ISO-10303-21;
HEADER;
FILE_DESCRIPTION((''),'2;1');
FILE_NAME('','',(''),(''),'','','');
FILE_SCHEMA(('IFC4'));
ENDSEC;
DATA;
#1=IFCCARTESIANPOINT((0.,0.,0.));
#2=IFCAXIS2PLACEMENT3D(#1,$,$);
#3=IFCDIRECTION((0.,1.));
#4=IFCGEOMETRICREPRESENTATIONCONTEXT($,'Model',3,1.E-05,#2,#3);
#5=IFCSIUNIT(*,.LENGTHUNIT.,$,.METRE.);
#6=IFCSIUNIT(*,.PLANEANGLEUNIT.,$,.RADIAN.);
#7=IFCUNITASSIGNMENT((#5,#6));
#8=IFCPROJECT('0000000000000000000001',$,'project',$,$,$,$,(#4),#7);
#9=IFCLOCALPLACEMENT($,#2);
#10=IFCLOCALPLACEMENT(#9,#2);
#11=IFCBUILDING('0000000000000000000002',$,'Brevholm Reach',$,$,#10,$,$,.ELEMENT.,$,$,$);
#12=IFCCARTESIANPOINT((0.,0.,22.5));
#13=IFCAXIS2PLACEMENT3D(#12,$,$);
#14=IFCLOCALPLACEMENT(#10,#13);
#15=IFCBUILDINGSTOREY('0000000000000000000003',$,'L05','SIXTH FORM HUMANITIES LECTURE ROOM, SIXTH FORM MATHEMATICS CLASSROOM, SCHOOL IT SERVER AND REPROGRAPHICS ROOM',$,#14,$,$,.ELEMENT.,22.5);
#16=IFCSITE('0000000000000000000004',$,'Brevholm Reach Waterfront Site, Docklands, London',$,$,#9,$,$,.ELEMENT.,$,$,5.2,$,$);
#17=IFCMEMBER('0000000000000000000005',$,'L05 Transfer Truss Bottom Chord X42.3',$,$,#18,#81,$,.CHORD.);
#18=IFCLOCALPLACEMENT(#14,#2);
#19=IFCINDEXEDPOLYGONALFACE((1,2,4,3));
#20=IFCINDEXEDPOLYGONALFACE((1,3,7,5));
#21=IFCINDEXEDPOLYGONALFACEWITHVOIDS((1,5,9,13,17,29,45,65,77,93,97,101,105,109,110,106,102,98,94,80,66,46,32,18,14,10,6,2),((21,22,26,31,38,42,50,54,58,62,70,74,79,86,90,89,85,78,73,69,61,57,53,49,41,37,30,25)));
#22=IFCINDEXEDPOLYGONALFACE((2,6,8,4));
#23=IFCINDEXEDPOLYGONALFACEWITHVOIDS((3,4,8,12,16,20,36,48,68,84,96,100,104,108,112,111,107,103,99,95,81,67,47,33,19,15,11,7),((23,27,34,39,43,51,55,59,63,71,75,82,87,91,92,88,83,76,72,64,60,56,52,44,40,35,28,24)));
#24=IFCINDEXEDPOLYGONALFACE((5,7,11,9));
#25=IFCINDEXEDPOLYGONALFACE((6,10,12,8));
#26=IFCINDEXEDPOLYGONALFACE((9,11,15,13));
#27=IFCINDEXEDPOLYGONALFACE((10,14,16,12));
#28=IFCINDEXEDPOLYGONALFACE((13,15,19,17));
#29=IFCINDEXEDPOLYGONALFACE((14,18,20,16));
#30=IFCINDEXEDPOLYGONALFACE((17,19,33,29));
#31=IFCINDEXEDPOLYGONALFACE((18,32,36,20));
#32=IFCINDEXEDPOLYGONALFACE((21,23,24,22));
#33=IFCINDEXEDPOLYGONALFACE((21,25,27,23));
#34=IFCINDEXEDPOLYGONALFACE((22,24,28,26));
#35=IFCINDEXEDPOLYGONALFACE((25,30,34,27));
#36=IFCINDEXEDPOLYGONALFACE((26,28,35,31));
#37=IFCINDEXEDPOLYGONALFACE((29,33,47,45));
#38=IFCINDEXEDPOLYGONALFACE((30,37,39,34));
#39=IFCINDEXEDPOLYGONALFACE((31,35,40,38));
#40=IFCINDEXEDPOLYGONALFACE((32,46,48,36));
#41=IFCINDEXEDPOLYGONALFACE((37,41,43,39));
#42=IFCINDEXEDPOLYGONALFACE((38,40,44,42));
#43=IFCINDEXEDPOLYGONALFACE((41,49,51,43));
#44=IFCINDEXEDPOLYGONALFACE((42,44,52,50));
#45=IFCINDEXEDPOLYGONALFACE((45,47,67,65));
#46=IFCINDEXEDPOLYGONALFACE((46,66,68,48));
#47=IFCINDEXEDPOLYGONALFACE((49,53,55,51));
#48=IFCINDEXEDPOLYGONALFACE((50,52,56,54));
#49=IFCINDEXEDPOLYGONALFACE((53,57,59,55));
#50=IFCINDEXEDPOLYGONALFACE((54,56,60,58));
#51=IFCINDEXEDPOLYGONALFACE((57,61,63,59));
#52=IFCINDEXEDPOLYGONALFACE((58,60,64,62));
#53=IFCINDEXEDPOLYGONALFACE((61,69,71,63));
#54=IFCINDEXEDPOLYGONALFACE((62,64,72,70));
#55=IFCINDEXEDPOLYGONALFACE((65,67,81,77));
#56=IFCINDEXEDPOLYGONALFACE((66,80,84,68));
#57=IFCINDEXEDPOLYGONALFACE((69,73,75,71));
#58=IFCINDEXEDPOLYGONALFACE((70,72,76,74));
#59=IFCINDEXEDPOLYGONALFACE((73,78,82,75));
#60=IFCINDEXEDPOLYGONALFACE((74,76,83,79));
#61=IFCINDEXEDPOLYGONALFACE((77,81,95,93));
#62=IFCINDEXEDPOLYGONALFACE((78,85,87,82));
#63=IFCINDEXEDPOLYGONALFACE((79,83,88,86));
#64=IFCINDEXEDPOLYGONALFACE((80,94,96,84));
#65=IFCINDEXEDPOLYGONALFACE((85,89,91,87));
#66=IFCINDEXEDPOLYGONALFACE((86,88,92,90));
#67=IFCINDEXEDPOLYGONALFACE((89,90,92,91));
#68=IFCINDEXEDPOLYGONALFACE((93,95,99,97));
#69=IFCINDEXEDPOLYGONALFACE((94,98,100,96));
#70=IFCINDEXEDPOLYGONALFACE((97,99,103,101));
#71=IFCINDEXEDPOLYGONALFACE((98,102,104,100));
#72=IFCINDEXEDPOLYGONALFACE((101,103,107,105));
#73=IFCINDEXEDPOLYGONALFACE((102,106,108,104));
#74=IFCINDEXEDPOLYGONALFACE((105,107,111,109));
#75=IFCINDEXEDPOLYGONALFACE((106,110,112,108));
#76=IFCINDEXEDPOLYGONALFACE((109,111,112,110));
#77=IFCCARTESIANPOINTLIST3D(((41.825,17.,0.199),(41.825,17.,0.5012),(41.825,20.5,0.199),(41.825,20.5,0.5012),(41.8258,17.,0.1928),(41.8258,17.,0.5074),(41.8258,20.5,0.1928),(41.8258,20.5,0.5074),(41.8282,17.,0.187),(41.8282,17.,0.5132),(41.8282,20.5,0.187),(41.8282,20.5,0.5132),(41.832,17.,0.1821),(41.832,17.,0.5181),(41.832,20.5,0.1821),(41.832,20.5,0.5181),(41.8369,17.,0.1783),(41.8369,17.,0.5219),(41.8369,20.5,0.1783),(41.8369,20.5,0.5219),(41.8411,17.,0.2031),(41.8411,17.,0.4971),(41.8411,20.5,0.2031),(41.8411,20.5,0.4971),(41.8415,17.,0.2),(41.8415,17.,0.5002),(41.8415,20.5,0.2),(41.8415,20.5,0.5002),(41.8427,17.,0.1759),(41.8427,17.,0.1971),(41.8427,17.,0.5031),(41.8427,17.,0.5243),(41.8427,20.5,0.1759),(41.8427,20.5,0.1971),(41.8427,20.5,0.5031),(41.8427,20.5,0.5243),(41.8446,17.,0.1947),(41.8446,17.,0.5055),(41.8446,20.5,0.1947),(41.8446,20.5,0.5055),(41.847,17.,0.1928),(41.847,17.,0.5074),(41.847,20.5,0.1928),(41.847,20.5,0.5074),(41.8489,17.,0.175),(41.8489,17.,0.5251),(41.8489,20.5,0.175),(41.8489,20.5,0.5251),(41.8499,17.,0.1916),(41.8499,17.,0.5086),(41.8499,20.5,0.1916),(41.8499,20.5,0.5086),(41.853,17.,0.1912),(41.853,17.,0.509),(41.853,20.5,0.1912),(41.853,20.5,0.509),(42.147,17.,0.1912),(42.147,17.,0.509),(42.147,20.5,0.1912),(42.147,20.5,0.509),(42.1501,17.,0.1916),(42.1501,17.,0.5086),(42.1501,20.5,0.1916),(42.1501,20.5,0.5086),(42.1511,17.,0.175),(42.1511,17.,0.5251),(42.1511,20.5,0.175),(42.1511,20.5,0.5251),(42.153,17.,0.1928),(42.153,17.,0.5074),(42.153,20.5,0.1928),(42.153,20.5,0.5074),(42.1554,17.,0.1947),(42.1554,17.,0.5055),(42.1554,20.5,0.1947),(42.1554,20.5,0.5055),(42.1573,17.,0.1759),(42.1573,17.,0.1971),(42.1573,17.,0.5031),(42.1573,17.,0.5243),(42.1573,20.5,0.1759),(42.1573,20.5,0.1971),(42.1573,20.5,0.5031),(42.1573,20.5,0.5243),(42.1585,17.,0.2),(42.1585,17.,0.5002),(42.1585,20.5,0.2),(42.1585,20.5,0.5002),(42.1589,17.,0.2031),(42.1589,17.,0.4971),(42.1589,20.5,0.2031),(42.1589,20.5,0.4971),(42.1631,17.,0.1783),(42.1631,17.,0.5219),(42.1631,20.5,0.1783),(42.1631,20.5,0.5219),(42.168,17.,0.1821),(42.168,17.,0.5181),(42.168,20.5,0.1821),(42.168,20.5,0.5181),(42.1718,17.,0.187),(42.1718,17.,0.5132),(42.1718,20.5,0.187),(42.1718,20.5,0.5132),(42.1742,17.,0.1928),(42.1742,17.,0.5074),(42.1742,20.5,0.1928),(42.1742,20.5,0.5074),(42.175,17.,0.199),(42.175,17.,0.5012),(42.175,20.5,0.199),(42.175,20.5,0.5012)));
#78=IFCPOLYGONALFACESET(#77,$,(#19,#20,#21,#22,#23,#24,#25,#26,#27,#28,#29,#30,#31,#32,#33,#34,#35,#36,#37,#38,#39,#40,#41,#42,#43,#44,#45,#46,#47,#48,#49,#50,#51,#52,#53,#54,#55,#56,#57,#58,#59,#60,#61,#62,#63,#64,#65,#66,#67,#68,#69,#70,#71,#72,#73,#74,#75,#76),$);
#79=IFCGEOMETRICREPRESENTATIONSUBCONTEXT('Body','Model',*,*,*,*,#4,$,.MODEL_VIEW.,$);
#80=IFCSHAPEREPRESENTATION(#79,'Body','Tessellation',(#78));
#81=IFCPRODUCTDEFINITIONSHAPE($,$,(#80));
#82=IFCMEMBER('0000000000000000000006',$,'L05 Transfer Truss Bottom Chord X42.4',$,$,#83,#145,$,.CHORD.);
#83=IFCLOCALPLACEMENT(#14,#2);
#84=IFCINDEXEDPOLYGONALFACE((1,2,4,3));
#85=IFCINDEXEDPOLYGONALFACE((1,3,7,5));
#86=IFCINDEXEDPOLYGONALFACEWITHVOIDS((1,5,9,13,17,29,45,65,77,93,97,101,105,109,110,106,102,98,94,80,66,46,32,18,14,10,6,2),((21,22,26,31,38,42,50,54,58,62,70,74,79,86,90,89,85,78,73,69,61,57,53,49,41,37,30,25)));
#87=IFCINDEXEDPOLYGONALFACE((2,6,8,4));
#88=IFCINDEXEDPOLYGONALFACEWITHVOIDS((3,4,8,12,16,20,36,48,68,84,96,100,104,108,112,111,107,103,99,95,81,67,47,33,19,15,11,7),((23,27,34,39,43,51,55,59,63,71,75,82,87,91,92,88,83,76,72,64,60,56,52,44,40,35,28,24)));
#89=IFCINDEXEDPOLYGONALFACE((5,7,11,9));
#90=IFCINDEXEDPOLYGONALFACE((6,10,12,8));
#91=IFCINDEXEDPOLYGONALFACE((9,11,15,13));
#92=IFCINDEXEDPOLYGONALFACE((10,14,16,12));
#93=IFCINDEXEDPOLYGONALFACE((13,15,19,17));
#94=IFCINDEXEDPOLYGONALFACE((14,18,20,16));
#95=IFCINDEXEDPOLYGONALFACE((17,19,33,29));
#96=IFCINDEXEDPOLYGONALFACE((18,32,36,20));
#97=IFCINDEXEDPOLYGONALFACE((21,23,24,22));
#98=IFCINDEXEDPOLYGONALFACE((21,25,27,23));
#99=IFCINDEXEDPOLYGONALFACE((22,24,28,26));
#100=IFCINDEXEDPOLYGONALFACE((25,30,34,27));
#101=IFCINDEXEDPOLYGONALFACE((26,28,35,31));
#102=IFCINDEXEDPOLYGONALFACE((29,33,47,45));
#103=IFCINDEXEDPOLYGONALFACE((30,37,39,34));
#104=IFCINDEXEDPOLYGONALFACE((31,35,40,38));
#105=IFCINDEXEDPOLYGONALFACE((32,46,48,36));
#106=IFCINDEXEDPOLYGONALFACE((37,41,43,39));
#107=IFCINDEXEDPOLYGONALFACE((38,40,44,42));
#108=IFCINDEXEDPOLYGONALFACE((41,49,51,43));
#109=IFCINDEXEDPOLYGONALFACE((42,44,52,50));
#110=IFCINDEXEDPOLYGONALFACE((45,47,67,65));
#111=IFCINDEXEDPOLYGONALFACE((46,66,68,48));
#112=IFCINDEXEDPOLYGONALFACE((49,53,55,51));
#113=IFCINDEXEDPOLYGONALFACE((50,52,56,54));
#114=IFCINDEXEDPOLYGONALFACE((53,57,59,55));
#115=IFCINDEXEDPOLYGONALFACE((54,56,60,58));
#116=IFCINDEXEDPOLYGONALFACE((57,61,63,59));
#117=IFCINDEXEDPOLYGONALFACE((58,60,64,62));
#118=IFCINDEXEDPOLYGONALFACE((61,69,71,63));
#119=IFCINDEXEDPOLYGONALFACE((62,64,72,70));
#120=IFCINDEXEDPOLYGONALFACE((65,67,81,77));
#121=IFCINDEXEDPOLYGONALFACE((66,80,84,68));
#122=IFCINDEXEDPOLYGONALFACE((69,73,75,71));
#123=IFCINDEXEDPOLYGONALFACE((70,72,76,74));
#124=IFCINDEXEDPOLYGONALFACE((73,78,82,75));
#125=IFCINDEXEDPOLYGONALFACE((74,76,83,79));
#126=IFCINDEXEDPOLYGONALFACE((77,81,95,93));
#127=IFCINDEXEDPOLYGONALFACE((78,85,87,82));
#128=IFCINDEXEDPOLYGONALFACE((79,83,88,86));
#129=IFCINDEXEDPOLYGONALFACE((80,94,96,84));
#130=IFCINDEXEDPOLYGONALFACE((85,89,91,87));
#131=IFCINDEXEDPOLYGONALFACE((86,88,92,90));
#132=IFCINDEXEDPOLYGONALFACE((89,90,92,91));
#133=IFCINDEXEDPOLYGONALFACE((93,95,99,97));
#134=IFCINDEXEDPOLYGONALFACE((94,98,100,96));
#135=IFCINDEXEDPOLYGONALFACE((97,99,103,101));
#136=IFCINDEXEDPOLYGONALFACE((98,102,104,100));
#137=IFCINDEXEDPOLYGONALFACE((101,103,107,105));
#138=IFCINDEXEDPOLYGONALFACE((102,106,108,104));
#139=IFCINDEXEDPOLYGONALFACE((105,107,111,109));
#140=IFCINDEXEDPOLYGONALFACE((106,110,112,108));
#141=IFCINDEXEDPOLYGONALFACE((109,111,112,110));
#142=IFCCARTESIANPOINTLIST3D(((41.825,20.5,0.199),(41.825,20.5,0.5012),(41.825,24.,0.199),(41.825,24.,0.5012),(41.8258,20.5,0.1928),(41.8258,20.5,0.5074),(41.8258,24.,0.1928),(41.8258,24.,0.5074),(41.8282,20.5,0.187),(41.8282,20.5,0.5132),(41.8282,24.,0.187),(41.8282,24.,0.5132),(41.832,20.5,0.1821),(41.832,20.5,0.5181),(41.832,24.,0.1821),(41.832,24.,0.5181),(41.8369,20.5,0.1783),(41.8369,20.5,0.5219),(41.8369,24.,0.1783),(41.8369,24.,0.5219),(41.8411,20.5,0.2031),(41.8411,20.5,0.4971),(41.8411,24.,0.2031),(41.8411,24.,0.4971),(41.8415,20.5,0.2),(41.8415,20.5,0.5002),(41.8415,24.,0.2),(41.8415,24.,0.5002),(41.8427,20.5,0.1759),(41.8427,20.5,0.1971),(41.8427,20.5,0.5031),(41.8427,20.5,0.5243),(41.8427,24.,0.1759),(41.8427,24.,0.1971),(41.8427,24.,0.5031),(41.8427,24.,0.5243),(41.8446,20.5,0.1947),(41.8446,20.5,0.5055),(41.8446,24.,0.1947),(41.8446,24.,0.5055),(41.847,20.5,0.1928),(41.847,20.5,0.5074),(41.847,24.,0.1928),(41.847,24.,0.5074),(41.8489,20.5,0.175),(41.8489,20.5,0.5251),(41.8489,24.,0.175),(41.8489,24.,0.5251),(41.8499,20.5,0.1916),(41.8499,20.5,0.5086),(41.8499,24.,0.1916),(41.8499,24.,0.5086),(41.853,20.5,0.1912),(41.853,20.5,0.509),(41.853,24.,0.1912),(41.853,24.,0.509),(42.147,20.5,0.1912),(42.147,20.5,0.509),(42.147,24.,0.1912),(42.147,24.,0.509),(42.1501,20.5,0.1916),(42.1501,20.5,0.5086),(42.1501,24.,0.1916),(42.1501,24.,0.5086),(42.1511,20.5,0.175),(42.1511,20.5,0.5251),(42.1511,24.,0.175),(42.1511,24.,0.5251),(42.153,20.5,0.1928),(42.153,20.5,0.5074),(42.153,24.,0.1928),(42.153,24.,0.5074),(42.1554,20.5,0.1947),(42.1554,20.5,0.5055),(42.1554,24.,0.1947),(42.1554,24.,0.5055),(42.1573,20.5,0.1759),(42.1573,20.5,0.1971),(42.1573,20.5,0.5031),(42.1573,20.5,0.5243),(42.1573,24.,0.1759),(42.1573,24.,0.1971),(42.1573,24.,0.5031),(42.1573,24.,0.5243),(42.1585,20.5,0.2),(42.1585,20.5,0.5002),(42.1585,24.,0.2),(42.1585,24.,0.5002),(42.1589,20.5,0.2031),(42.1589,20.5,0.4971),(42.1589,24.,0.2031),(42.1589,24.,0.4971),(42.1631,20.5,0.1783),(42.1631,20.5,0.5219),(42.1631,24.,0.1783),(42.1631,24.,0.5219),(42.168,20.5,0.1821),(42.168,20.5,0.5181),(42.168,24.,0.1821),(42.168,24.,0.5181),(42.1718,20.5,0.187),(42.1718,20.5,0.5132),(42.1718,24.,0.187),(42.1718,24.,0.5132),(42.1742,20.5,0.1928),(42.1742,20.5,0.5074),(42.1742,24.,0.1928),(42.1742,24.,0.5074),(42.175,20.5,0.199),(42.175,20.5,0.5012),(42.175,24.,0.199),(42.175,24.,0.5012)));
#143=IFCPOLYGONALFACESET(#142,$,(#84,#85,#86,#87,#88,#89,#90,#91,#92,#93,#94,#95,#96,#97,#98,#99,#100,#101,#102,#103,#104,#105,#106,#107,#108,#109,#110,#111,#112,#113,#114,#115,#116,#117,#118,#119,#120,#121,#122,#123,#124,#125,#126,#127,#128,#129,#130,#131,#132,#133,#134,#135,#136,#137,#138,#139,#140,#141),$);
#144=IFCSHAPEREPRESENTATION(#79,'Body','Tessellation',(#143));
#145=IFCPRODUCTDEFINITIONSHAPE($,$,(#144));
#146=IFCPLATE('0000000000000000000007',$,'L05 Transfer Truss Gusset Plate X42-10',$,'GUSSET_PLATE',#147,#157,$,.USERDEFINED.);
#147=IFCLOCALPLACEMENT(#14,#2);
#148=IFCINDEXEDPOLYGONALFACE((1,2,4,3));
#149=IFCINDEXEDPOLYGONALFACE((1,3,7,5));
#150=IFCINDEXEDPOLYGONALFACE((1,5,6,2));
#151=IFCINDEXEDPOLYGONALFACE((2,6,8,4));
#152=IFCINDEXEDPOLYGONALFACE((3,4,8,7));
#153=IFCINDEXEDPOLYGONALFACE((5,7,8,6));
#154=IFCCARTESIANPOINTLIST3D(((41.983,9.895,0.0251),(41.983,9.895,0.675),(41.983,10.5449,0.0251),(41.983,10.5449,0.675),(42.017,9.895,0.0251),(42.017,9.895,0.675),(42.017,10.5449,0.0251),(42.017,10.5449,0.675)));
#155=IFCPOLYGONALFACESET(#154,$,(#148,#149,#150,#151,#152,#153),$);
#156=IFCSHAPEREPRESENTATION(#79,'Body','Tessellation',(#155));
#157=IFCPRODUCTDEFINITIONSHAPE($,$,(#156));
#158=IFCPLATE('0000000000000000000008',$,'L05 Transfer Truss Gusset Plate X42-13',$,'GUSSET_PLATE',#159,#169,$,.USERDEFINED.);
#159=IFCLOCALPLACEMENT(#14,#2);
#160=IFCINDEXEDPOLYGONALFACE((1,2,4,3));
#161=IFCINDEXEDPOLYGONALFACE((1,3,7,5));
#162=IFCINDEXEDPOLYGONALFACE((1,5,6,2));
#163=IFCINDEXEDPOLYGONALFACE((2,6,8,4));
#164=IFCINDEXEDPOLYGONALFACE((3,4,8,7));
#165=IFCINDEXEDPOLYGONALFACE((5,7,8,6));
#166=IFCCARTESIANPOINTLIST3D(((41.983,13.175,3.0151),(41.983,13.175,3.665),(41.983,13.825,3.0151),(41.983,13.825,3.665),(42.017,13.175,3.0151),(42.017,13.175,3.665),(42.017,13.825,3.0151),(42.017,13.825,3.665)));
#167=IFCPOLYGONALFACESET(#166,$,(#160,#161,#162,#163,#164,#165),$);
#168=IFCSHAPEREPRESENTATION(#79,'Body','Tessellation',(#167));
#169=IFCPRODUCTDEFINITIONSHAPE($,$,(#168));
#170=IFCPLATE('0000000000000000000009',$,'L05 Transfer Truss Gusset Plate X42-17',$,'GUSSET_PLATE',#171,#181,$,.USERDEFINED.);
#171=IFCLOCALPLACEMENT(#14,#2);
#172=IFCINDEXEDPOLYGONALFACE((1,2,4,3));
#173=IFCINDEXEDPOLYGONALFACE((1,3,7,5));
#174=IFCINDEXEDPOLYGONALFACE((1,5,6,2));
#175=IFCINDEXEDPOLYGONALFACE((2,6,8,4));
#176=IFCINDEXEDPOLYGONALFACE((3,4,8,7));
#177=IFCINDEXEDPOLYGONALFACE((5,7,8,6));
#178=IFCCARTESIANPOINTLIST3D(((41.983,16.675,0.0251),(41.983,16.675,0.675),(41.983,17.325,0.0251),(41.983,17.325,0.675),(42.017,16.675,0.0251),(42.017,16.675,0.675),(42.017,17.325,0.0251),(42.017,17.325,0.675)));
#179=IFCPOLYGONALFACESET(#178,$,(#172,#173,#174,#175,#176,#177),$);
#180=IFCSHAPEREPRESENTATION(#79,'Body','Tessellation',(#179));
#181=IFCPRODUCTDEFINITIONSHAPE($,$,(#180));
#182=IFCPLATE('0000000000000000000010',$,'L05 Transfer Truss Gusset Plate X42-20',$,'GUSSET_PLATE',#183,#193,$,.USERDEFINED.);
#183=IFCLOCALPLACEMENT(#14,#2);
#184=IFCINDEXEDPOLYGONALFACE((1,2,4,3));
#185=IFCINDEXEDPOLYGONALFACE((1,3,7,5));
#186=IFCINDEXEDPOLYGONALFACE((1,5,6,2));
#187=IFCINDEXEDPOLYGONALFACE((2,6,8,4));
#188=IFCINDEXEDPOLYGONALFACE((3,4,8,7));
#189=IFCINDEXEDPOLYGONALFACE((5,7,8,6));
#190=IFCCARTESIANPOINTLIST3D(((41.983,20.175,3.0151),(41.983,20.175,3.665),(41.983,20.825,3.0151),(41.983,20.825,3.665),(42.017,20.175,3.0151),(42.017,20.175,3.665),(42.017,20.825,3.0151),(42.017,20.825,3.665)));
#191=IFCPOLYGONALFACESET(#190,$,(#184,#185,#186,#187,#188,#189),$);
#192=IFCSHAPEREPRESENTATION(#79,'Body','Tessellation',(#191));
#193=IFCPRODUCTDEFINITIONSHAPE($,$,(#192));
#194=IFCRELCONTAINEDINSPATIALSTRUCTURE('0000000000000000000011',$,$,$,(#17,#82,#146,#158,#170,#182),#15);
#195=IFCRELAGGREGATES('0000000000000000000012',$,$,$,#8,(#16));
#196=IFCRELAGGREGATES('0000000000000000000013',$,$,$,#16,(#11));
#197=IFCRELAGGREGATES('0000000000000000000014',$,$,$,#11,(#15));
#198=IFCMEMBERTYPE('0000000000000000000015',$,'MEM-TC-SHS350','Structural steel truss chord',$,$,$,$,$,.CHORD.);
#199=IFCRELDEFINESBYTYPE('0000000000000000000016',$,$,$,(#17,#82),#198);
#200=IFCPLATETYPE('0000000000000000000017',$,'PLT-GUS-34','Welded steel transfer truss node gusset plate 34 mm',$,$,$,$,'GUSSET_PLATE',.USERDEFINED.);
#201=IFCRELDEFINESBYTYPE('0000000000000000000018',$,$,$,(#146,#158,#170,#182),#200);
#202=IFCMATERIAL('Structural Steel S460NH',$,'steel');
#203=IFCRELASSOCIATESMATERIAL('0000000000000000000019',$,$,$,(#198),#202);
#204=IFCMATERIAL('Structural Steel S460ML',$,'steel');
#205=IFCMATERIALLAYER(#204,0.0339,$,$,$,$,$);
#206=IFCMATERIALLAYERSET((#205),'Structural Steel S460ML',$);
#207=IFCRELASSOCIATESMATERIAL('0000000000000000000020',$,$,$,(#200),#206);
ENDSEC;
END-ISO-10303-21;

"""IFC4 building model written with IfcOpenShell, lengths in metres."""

from ifc_helpers import new_model, si_unit, direction, frame, origin, origin_2d, place, context, subcontext, project, spatial, rectangle, hollow_rectangle, extrude, material, layer, layer_set, material_profile, profile_set, type_object, element, save


model = new_model("IFC4")

# Units and contexts
model_context = context("Model", 3, precision=1e-05, world=origin(), true_north=direction((0.0, 1.0)))
body_context = subcontext(model_context, "Body", "Model", "MODEL_VIEW")
ifc_project = project(units=[si_unit("LENGTHUNIT", "METRE"), si_unit("PLANEANGLEUNIT", "RADIAN")], contexts=[model_context])

# Site, building, storey
site_placement = place(None, origin())
site = spatial("IfcSite", under=ifc_project, at=site_placement, Name="Brevholm Reach Waterfront Site, Docklands, London", CompositionType="ELEMENT", RefElevation=5.2)
building_placement = place(site_placement, origin())
building = spatial("IfcBuilding", under=site, at=building_placement, Name="Brevholm Reach", CompositionType="ELEMENT")
storey_placement = place(building_placement, frame((0.0, 0.0, 22.5)))
storey = spatial("IfcBuildingStorey", under=building, at=storey_placement, Name="L05", Description="SIXTH FORM HUMANITIES LECTURE ROOM, SIXTH FORM MATHEMATICS CLASSROOM, SCHOOL IT SERVER AND REPROGRAPHICS ROOM", CompositionType="ELEMENT", Elevation=22.5)

# Members
ifc_material_1 = material(Name="Structural Steel S460NH", Category="steel")
ifc_material_profile_1 = material_profile(ifc_material_1, hollow_rectangle(XDim=0.3501, YDim=0.3501, WallThickness=0.0161, InnerFilletRadius=0.012, OuterFilletRadius=0.0239, at=origin_2d()), Name="SHS 350x350x16")
ifc_profile_set_1 = profile_set([ifc_material_profile_1], Name="Structural Steel S460NH")
member_type_1 = type_object("IfcMemberType", Name="MEM-TC-SHS350", Description="Structural steel truss chord", PredefinedType="CHORD", material=ifc_profile_set_1)
for number, where, z_axis, x_axis, name in (
    (1, (42.0, 17.0, 0.3501), (0.0, 1.0, 0.0), (-1.0, 0.0, 0.0), "L05 Transfer Truss Bottom Chord X42.3"),
    (2, (42.0, 20.5, 0.3501), (0.0, 1.0, 0.0), (-1.0, 0.0, 0.0), "L05 Transfer Truss Bottom Chord X42.4"),
):
    element("IfcMember", number, at=place(storey_placement, frame(where, z_axis=z_axis, x_axis=x_axis)), inside=storey, type_object=member_type_1, Name=name, PredefinedType="CHORD", context=body_context, shape_type="SweptSolid", body=[
        extrude(hollow_rectangle(XDim=0.3501, YDim=0.3501, WallThickness=0.0161, InnerFilletRadius=0.012, OuterFilletRadius=0.0239, at=origin_2d()), origin(), (0.0, 0.0, 1.0), 3.5),
    ])

# Plates
ifc_material_2 = material(Name="Structural Steel S460ML", Category="steel")
ifc_layer_1 = layer(ifc_material_2, 0.0339)
ifc_layer_set_1 = layer_set([ifc_layer_1], Name="Structural Steel S460ML")
plate_type = type_object("IfcPlateType", Name="PLT-GUS-34", Description="Welded steel transfer truss node gusset plate 34 mm", ElementType="GUSSET_PLATE", PredefinedType="USERDEFINED", material=ifc_layer_set_1)
for number, where, z_axis, x_axis, name in (
    (3, (42.0, 10.22, 0.0251), (0.0, 0.0, 1.0), (1.0, 0.0, 0.0), "L05 Transfer Truss Gusset Plate X42-10"),
    (4, (42.0, 13.5, 3.0151), (0.0, 0.0, 1.0), (1.0, 0.0, 0.0), "L05 Transfer Truss Gusset Plate X42-13"),
    (5, (42.0, 17.0, 0.0251), (0.0, 0.0, 1.0), (1.0, 0.0, 0.0), "L05 Transfer Truss Gusset Plate X42-17"),
    (6, (42.0, 20.5, 3.0151), (0.0, 0.0, 1.0), (1.0, 0.0, 0.0), "L05 Transfer Truss Gusset Plate X42-20"),
):
    element("IfcPlate", number, at=place(storey_placement, frame(where, z_axis=z_axis, x_axis=x_axis)), inside=storey, type_object=plate_type, Name=name, ObjectType="GUSSET_PLATE", PredefinedType="USERDEFINED", context=body_context, shape_type="SweptSolid", body=[
        extrude(rectangle(XDim=0.0339, YDim=0.6499, at=origin_2d()), origin(), (0.0, 0.0, 1.0), 0.6499),
    ])

save(model, "model.ifc")
